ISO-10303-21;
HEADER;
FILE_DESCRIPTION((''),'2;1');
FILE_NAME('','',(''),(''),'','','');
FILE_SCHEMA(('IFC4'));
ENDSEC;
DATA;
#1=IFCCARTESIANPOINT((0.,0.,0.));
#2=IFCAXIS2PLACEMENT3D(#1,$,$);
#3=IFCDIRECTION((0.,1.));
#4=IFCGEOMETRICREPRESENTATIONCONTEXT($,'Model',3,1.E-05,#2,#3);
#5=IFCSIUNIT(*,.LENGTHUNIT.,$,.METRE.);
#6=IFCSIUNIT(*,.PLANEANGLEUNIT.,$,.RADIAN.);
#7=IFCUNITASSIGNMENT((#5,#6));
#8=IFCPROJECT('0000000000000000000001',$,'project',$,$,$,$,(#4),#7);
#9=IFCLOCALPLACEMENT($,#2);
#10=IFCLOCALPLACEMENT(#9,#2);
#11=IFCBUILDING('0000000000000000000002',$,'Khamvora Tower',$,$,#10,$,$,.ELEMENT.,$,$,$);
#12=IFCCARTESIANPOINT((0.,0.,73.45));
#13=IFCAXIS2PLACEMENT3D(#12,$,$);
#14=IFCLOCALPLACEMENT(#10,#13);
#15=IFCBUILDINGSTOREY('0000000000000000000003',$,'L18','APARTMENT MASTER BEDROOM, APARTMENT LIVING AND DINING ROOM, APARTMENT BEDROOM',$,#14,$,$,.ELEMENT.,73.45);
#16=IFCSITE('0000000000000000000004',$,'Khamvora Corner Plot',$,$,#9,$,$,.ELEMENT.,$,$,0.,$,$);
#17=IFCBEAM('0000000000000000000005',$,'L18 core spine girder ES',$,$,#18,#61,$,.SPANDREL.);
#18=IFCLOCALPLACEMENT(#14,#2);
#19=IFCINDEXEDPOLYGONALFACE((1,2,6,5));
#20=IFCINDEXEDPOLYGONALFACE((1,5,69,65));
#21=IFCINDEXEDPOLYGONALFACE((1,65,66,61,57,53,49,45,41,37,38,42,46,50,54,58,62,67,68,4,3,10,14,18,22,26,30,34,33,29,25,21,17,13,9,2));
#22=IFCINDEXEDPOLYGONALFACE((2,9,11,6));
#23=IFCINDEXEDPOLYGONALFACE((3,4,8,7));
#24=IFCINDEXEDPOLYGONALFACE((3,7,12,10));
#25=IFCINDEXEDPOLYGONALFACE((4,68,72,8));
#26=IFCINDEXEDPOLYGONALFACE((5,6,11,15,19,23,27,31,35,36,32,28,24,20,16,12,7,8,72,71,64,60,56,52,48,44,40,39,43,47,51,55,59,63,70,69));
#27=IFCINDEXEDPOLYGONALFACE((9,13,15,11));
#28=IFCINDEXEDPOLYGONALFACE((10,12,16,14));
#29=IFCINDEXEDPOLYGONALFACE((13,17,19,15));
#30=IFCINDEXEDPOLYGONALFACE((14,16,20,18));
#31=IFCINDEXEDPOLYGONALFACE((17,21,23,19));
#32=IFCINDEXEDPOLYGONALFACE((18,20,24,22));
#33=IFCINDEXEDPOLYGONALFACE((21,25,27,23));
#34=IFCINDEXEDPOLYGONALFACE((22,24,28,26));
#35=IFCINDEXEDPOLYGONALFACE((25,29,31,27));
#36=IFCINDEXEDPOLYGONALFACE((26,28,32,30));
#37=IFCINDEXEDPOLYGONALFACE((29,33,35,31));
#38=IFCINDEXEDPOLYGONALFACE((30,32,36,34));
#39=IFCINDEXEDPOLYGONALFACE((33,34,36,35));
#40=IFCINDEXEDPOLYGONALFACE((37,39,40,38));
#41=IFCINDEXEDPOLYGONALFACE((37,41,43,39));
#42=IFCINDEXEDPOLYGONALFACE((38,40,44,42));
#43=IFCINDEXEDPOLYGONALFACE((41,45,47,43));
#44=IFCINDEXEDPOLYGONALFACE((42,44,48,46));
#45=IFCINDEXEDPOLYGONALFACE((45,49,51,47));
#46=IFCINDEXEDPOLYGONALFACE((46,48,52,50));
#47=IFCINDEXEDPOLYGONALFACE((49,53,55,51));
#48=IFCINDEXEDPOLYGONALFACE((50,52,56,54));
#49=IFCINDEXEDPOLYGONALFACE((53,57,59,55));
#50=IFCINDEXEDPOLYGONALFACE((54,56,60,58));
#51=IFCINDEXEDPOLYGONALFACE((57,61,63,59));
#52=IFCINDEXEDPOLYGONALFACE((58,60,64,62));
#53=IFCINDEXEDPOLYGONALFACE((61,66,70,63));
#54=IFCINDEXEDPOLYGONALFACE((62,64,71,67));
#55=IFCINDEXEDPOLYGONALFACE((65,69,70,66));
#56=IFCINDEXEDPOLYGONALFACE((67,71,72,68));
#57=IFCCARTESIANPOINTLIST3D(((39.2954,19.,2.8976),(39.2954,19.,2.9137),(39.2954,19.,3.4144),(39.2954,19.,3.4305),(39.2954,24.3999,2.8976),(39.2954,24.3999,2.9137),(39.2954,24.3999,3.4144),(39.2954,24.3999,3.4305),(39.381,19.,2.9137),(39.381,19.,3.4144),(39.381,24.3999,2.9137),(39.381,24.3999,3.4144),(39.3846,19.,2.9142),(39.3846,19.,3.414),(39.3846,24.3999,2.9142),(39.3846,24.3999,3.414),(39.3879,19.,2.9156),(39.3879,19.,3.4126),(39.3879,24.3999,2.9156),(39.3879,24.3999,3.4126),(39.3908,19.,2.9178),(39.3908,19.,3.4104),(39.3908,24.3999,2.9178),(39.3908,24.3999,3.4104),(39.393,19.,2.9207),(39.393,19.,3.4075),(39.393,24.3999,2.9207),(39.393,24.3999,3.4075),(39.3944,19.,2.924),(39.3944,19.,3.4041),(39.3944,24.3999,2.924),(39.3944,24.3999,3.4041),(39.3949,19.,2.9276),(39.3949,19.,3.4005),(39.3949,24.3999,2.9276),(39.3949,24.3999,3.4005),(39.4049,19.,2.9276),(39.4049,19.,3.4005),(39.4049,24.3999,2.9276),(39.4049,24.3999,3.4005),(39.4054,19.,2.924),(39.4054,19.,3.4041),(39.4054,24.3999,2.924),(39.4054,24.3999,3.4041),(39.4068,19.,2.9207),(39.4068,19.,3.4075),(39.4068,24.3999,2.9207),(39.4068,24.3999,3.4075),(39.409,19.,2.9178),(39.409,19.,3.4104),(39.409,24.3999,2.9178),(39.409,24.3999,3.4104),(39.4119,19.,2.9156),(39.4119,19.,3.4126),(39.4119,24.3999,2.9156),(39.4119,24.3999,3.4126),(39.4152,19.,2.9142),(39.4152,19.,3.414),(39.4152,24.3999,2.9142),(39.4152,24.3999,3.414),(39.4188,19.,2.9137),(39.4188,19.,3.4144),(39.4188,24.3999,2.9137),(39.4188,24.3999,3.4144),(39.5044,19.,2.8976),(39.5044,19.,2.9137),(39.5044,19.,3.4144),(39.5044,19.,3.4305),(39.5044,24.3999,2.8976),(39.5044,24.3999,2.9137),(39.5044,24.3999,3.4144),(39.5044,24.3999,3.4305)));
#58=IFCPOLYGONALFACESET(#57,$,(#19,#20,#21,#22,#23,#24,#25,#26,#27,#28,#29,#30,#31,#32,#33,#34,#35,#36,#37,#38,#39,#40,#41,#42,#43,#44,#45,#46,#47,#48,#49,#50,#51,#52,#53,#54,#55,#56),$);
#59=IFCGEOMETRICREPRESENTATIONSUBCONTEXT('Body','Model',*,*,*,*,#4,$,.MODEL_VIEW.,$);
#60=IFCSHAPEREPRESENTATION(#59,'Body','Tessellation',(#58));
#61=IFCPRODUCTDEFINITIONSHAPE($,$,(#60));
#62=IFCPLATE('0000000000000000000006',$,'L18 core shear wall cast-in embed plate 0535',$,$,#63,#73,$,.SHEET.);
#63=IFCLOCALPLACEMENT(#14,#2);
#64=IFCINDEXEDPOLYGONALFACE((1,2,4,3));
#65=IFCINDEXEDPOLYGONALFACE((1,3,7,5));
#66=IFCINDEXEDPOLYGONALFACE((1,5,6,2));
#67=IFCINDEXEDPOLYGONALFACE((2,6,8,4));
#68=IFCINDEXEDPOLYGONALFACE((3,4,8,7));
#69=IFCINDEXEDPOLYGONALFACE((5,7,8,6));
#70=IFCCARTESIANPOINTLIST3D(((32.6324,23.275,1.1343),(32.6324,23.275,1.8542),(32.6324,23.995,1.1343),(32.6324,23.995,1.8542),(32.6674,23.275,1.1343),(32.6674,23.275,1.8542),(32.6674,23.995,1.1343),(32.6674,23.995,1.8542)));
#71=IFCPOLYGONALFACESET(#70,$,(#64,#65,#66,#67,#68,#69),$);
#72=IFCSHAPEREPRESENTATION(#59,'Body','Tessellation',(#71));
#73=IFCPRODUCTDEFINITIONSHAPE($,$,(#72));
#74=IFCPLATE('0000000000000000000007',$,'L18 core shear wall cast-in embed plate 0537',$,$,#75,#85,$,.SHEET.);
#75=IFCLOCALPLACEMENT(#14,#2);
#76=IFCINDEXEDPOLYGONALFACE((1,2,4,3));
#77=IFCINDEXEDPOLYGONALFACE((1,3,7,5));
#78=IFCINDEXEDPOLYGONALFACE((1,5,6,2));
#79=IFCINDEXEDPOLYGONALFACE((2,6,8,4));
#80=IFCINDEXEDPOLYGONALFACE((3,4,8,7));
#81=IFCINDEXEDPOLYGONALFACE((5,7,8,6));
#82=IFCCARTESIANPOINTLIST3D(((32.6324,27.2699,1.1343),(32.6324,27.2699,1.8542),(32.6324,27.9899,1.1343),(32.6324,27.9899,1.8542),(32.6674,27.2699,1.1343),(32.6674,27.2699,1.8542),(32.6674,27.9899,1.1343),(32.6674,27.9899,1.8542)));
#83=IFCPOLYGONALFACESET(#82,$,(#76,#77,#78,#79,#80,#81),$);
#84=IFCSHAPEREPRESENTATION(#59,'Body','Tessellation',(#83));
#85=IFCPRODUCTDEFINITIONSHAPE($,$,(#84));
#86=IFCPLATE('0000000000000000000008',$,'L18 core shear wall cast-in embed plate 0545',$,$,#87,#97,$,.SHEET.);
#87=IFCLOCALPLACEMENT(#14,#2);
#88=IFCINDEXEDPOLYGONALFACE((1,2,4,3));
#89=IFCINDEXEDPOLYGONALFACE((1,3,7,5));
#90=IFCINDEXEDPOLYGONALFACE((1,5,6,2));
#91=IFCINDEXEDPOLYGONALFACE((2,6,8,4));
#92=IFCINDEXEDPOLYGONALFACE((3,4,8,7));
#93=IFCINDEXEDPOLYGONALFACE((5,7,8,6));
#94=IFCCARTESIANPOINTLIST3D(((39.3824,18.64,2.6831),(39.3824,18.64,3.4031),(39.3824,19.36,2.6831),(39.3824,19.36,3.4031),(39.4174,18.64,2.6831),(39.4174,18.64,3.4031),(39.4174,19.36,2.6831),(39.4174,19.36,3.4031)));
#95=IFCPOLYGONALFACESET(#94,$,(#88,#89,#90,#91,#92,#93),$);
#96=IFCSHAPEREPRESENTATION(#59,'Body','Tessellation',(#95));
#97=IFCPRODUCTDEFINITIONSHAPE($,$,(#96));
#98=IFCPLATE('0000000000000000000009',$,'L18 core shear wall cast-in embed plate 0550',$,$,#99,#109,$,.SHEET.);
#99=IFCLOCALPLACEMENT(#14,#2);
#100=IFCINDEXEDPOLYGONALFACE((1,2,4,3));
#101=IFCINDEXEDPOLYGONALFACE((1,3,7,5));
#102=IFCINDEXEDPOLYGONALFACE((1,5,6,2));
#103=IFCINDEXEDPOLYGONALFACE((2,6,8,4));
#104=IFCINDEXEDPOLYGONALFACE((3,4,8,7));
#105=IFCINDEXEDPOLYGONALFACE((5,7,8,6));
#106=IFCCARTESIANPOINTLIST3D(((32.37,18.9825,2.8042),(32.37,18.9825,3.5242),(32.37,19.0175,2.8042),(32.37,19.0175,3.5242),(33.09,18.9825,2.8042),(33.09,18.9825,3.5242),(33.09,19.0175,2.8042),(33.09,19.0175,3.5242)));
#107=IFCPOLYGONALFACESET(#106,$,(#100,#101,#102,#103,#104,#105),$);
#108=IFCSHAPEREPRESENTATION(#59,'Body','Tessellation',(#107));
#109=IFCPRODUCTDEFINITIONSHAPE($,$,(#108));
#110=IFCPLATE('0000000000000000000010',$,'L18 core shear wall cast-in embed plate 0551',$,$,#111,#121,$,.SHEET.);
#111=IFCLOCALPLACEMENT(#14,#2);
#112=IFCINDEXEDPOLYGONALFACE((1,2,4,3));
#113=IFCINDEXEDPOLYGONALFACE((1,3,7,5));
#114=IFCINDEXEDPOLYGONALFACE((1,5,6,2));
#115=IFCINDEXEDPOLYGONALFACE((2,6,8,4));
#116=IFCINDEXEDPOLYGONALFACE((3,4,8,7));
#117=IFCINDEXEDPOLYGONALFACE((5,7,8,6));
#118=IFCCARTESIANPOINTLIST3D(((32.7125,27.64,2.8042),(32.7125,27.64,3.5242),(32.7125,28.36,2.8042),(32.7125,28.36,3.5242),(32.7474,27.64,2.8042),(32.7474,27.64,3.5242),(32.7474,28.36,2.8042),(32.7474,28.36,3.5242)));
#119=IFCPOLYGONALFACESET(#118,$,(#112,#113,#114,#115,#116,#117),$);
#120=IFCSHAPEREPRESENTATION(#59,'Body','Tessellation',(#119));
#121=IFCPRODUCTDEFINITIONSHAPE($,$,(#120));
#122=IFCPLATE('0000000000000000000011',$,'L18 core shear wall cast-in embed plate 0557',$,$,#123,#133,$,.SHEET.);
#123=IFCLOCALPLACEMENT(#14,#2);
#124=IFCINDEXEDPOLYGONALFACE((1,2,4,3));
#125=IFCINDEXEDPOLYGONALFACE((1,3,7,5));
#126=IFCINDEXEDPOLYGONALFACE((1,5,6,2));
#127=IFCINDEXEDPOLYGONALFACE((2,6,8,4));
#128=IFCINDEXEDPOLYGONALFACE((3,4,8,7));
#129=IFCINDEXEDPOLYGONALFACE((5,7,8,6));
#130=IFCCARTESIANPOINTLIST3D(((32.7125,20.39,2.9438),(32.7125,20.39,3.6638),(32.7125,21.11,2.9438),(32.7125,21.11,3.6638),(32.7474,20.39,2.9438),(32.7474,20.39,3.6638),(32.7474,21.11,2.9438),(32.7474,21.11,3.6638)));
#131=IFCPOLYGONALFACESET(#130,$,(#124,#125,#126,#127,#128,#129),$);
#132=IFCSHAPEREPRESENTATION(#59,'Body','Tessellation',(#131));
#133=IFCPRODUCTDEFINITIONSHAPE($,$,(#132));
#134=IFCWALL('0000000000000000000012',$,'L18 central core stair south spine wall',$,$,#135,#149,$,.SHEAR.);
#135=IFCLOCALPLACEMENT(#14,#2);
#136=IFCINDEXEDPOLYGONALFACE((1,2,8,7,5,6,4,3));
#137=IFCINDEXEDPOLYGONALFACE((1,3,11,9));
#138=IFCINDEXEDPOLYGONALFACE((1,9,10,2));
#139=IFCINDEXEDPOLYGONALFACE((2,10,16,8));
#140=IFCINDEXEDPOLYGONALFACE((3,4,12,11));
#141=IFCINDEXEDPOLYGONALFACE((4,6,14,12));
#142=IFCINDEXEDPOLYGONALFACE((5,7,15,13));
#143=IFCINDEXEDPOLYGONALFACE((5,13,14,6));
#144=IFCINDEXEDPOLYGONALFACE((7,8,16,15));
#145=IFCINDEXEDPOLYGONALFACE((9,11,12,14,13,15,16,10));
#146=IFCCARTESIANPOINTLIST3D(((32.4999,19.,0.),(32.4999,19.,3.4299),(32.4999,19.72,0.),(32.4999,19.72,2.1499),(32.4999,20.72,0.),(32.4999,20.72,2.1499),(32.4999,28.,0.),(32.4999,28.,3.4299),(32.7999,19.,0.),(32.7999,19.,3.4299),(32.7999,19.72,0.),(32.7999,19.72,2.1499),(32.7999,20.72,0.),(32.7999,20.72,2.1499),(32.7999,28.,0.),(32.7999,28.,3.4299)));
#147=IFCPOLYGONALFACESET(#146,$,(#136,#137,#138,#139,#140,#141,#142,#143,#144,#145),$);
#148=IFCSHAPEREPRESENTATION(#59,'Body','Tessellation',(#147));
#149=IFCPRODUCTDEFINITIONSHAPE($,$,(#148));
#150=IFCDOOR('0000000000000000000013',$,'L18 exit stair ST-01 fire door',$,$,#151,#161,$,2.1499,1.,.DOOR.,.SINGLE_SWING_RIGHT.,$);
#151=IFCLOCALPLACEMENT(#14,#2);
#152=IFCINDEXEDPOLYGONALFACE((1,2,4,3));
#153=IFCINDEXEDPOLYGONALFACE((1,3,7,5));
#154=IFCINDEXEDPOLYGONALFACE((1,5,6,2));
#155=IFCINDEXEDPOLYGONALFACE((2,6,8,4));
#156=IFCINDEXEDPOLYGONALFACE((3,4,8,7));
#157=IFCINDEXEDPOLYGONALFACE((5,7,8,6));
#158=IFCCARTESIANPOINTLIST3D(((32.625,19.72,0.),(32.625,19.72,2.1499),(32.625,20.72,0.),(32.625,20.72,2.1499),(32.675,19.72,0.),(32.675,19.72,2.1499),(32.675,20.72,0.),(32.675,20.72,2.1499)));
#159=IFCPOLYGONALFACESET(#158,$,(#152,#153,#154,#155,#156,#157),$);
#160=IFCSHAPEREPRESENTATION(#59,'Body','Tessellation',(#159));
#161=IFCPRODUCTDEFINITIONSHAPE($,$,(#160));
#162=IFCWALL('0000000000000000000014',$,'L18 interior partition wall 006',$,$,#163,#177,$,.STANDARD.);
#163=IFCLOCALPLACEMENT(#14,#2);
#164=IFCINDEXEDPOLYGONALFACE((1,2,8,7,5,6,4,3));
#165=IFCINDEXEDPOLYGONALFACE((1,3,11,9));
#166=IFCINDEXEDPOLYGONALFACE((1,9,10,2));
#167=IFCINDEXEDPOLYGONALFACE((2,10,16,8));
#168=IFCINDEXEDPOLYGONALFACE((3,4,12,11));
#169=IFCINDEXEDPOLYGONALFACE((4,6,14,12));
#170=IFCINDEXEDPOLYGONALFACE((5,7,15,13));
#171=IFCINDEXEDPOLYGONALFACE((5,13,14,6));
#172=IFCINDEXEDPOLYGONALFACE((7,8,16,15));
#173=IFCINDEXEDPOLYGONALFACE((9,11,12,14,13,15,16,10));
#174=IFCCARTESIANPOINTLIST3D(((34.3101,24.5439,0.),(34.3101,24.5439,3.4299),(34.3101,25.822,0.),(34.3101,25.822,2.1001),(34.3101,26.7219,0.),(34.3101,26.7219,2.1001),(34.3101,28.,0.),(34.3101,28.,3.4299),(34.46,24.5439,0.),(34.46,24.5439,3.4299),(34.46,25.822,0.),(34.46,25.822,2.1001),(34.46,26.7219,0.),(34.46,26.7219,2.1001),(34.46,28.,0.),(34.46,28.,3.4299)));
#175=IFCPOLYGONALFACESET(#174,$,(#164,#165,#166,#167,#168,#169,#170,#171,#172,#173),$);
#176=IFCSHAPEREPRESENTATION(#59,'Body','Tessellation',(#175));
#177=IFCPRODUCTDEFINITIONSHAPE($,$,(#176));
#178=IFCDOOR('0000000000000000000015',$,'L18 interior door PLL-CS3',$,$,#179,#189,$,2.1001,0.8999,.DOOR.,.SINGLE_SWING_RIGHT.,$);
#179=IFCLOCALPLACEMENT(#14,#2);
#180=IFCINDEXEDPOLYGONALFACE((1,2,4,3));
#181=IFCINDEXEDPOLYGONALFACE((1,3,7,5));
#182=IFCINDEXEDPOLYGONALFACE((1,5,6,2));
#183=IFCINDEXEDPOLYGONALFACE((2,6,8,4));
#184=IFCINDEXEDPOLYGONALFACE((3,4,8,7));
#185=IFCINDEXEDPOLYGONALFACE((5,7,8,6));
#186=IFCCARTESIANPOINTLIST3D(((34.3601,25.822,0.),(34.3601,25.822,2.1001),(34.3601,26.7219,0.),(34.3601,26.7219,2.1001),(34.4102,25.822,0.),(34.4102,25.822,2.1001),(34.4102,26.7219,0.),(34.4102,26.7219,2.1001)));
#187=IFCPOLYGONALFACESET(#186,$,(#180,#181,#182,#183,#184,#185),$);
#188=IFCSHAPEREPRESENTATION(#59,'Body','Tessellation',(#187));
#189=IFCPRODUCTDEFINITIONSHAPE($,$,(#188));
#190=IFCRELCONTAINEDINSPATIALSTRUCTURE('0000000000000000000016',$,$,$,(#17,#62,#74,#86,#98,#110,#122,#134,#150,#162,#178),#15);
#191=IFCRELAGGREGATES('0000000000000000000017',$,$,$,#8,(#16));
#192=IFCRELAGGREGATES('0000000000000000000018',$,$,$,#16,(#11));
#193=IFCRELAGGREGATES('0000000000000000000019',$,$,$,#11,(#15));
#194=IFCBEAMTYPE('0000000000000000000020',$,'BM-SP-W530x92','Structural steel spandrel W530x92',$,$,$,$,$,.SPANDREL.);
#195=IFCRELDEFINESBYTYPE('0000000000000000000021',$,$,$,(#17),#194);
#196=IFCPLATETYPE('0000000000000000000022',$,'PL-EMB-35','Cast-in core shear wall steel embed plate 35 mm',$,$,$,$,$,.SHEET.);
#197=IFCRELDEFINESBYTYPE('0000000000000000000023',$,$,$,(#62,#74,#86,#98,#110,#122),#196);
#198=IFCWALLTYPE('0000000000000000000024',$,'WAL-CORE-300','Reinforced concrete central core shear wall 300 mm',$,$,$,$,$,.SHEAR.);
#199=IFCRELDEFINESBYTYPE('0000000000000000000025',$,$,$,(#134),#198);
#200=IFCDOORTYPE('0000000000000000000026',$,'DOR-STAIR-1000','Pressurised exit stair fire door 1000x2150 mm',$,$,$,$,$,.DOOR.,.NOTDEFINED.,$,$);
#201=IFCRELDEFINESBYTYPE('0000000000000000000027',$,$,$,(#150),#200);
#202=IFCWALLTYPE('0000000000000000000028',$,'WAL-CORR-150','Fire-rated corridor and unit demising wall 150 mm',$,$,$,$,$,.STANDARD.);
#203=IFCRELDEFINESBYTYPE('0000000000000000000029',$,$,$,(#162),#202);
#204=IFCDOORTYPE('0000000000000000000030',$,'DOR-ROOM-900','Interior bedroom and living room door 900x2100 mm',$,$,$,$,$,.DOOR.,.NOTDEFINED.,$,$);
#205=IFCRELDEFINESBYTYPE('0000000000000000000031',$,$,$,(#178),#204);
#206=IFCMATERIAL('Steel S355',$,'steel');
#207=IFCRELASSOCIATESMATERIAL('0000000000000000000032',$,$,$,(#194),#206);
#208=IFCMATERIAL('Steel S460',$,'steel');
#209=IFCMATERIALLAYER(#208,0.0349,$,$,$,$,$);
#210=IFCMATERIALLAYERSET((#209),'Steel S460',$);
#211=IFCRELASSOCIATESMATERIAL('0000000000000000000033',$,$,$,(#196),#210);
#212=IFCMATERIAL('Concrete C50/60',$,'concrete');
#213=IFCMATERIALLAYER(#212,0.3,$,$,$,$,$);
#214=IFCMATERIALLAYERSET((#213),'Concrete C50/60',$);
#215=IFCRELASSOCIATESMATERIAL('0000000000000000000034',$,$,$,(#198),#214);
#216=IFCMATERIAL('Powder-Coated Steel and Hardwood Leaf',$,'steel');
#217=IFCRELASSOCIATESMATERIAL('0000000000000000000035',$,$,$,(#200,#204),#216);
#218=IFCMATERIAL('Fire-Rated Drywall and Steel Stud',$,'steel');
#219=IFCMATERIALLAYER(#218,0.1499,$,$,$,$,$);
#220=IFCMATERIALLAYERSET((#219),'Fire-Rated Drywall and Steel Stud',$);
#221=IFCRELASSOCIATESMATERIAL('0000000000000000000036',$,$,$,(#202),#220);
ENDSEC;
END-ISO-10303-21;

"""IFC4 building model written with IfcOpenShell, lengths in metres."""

from ifc_helpers import new_model, si_unit, direction, frame, frame_2d, origin, origin_2d, place, context, subcontext, project, spatial, rectangle, i_section, extrude, material, layer, layer_set, material_profile, profile_set, type_object, element, fill, save


model = new_model("IFC4")

# Units and contexts
model_context = context("Model", 3, precision=1e-05, world=origin(), true_north=direction((0.0, 1.0)))
body_context = subcontext(model_context, "Body", "Model", "MODEL_VIEW")
ifc_project = project(units=[si_unit("LENGTHUNIT", "METRE"), si_unit("PLANEANGLEUNIT", "RADIAN")], contexts=[model_context])

# Site, building, storey
site_placement = place(None, origin())
site = spatial("IfcSite", under=ifc_project, at=site_placement, Name="Khamvora Corner Plot", CompositionType="ELEMENT", RefElevation=0.0)
building_placement = place(site_placement, origin())
building = spatial("IfcBuilding", under=site, at=building_placement, Name="Khamvora Tower", CompositionType="ELEMENT")
storey_placement = place(building_placement, frame((0.0, 0.0, 73.45)))
storey = spatial("IfcBuildingStorey", under=building, at=storey_placement, Name="L18", Description="APARTMENT MASTER BEDROOM, APARTMENT LIVING AND DINING ROOM, APARTMENT BEDROOM", CompositionType="ELEMENT", Elevation=73.45)

# Shared definitions
ifc_material_1 = material(Name="Steel S460", Category="steel")

# Beam
ifc_material_2 = material(Name="Steel S355", Category="steel")
ifc_material_profile_1 = material_profile(ifc_material_2, i_section(OverallWidth=0.209, OverallDepth=0.533, WebThickness=0.01, FlangeThickness=0.0161, FilletRadius=0.0139, at=origin_2d()), Name="W530x92")
ifc_profile_set_1 = profile_set([ifc_material_profile_1], Name="Steel S355")
beam_type_1 = type_object("IfcBeamType", Name="BM-SP-W530x92", Description="Structural steel spandrel W530x92", PredefinedType="SPANDREL", material=ifc_profile_set_1)
beam_1_placement = place(storey_placement, frame((39.3999, 19.0, 3.1641), z_axis=(0.0, 1.0, 0.0), x_axis=(-1.0, 0.0, 0.0)))
element("IfcBeam", 1, at=beam_1_placement, inside=storey, type_object=beam_type_1, Name="L18 core spine girder ES", PredefinedType="SPANDREL", context=body_context, shape_type="SweptSolid", body=[
    extrude(i_section(OverallWidth=0.209, OverallDepth=0.533, WebThickness=0.01, FlangeThickness=0.0161, FilletRadius=0.0139, at=origin_2d()), origin(), (0.0, 0.0, 1.0), 5.3999),
])

# Plates
ifc_layer_1 = layer(ifc_material_1, 0.0349)
ifc_layer_set_1 = layer_set([ifc_layer_1], Name="Steel S460")
plate_type = type_object("IfcPlateType", Name="PL-EMB-35", Description="Cast-in core shear wall steel embed plate 35 mm", PredefinedType="SHEET", material=ifc_layer_set_1)
for number, where, z_axis, x_axis, name in (
    (2, (32.6499, 23.635, 1.1343), (0.0, 0.0, 1.0), (1.0, 0.0, 0.0), "L18 core shear wall cast-in embed plate 0535"),
    (3, (32.6499, 27.6299, 1.1343), (0.0, 0.0, 1.0), (1.0, 0.0, 0.0), "L18 core shear wall cast-in embed plate 0537"),
    (4, (39.3999, 19.0, 2.6831), (0.0, 0.0, 1.0), (1.0, 0.0, 0.0), "L18 core shear wall cast-in embed plate 0545"),
):
    element("IfcPlate", number, at=place(storey_placement, frame(where, z_axis=z_axis, x_axis=x_axis)), inside=storey, type_object=plate_type, Name=name, PredefinedType="SHEET", context=body_context, shape_type="SweptSolid", body=[
        extrude(rectangle(XDim=0.0349, YDim=0.72, at=origin_2d()), origin(), (0.0, 0.0, 1.0), 0.72),
    ])
plate_placement = place(storey_placement, frame((32.73, 19.0, 2.8042), z_axis=(0.0, 0.0, 1.0), x_axis=(1.0, 0.0, 0.0)))
element("IfcPlate", 5, at=plate_placement, inside=storey, type_object=plate_type, Name="L18 core shear wall cast-in embed plate 0550", PredefinedType="SHEET", context=body_context, shape_type="SweptSolid", body=[
    extrude(rectangle(XDim=0.72, YDim=0.0349, at=origin_2d()), origin(), (0.0, 0.0, 1.0), 0.72),
])
for number, where, z_axis, x_axis, name in (
    (6, (32.73, 28.0, 2.8042), (0.0, 0.0, 1.0), (1.0, 0.0, 0.0), "L18 core shear wall cast-in embed plate 0551"),
    (7, (32.73, 20.75, 2.9438), (0.0, 0.0, 1.0), (1.0, 0.0, 0.0), "L18 core shear wall cast-in embed plate 0557"),
):
    element("IfcPlate", number, at=place(storey_placement, frame(where, z_axis=z_axis, x_axis=x_axis)), inside=storey, type_object=plate_type, Name=name, PredefinedType="SHEET", context=body_context, shape_type="SweptSolid", body=[
        extrude(rectangle(XDim=0.0349, YDim=0.72, at=origin_2d()), origin(), (0.0, 0.0, 1.0), 0.72),
    ])

# Wall, opening, door
ifc_material_3 = material(Name="Concrete C50/60", Category="concrete")
ifc_layer_2 = layer(ifc_material_3, 0.3)
ifc_layer_set_2 = layer_set([ifc_layer_2], Name="Concrete C50/60")
wall_type_1 = type_object("IfcWallType", Name="WAL-CORE-300", Description="Reinforced concrete central core shear wall 300 mm", PredefinedType="SHEAR", material=ifc_layer_set_2)
wall_1_placement = place(storey_placement, frame((32.6499, 19.0, 0.0), z_axis=(0.0, 0.0, 1.0), x_axis=(0.0, 1.0, 0.0)))
wall_1 = element("IfcWall", 8, at=wall_1_placement, inside=storey, type_object=wall_type_1, Name="L18 central core stair south spine wall", PredefinedType="SHEAR", context=body_context, shape_type="SweptSolid", body=[
    extrude(rectangle(XDim=9.0, YDim=0.3, at=frame_2d((4.5, 0.0))), origin(), (0.0, 0.0, 1.0), 3.4299),
])
opening_1_placement = place(wall_1_placement, frame((0.72, 0.0, 0.0)))
opening_1 = element("IfcOpeningElement", 9, at=opening_1_placement, cuts=wall_1, PredefinedType="OPENING", context=body_context, shape_type="SweptSolid", body=[
    extrude(rectangle(XDim=1.0, YDim=2.1499, at=frame_2d((0.5, 1.075))), frame((0.0, 0.1599, 0.0), z_axis=(0.0, -1.0, 0.0), x_axis=(1.0, 0.0, 0.0)), (0.0, 0.0, 1.0), 0.3201),
])
ifc_material_4 = material(Name="Powder-Coated Steel and Hardwood Leaf", Category="steel")
door_type_1 = type_object("IfcDoorType", Name="DOR-STAIR-1000", Description="Pressurised exit stair fire door 1000x2150 mm", OperationType="NOTDEFINED", PredefinedType="DOOR", material=ifc_material_4)
door_1_placement = place(opening_1_placement, origin())
door_1 = element("IfcDoor", 10, at=door_1_placement, inside=storey, type_object=door_type_1, Name="L18 exit stair ST-01 fire door", OperationType="SINGLE_SWING_RIGHT", OverallHeight=2.1499, OverallWidth=1.0, PredefinedType="DOOR", context=body_context, shape_type="SweptSolid", body=[
    extrude(rectangle(XDim=1.0, YDim=2.1499, at=frame_2d((0.5, 1.075))), frame((0.0, 0.0249, 0.0), z_axis=(0.0, -1.0, 0.0), x_axis=(1.0, 0.0, 0.0)), (0.0, 0.0, 1.0), 0.05),
])
fill(opening_1, door_1)

# Wall, opening, door
ifc_material_5 = material(Name="Fire-Rated Drywall and Steel Stud", Category="steel")
ifc_layer_3 = layer(ifc_material_5, 0.1499)
ifc_layer_set_3 = layer_set([ifc_layer_3], Name="Fire-Rated Drywall and Steel Stud")
wall_type_2 = type_object("IfcWallType", Name="WAL-CORR-150", Description="Fire-rated corridor and unit demising wall 150 mm", PredefinedType="STANDARD", material=ifc_layer_set_3)
wall_2_placement = place(storey_placement, frame((34.385, 24.5439, 0.0), z_axis=(0.0, 0.0, 1.0), x_axis=(0.0, 1.0, 0.0)))
wall_2 = element("IfcWall", 11, at=wall_2_placement, inside=storey, type_object=wall_type_2, Name="L18 interior partition wall 006", PredefinedType="STANDARD", context=body_context, shape_type="SweptSolid", body=[
    extrude(rectangle(XDim=3.4561, YDim=0.1499, at=frame_2d((1.728, 0.0))), origin(), (0.0, 0.0, 1.0), 3.4299),
])
opening_2_placement = place(wall_2_placement, frame((1.2781, 0.0, 0.0)))
opening_2 = element("IfcOpeningElement", 12, at=opening_2_placement, cuts=wall_2, PredefinedType="OPENING", context=body_context, shape_type="SweptSolid", body=[
    extrude(rectangle(XDim=0.8999, YDim=2.1001, at=frame_2d((0.45, 1.05))), frame((0.0, 0.085, 0.0), z_axis=(0.0, -1.0, 0.0), x_axis=(1.0, 0.0, 0.0)), (0.0, 0.0, 1.0), 0.1699),
])
door_type_2 = type_object("IfcDoorType", Name="DOR-ROOM-900", Description="Interior bedroom and living room door 900x2100 mm", OperationType="NOTDEFINED", PredefinedType="DOOR", material=ifc_material_4)
door_2_placement = place(opening_2_placement, origin())
door_2 = element("IfcDoor", 13, at=door_2_placement, inside=storey, type_object=door_type_2, Name="L18 interior door PLL-CS3", OperationType="SINGLE_SWING_RIGHT", OverallHeight=2.1001, OverallWidth=0.8999, PredefinedType="DOOR", context=body_context, shape_type="SweptSolid", body=[
    extrude(rectangle(XDim=0.8999, YDim=2.1001, at=frame_2d((0.45, 1.05))), frame((0.0, 0.0249, 0.0), z_axis=(0.0, -1.0, 0.0), x_axis=(1.0, 0.0, 0.0)), (0.0, 0.0, 1.0), 0.05),
])
fill(opening_2, door_2)

save(model, "model.ifc")
